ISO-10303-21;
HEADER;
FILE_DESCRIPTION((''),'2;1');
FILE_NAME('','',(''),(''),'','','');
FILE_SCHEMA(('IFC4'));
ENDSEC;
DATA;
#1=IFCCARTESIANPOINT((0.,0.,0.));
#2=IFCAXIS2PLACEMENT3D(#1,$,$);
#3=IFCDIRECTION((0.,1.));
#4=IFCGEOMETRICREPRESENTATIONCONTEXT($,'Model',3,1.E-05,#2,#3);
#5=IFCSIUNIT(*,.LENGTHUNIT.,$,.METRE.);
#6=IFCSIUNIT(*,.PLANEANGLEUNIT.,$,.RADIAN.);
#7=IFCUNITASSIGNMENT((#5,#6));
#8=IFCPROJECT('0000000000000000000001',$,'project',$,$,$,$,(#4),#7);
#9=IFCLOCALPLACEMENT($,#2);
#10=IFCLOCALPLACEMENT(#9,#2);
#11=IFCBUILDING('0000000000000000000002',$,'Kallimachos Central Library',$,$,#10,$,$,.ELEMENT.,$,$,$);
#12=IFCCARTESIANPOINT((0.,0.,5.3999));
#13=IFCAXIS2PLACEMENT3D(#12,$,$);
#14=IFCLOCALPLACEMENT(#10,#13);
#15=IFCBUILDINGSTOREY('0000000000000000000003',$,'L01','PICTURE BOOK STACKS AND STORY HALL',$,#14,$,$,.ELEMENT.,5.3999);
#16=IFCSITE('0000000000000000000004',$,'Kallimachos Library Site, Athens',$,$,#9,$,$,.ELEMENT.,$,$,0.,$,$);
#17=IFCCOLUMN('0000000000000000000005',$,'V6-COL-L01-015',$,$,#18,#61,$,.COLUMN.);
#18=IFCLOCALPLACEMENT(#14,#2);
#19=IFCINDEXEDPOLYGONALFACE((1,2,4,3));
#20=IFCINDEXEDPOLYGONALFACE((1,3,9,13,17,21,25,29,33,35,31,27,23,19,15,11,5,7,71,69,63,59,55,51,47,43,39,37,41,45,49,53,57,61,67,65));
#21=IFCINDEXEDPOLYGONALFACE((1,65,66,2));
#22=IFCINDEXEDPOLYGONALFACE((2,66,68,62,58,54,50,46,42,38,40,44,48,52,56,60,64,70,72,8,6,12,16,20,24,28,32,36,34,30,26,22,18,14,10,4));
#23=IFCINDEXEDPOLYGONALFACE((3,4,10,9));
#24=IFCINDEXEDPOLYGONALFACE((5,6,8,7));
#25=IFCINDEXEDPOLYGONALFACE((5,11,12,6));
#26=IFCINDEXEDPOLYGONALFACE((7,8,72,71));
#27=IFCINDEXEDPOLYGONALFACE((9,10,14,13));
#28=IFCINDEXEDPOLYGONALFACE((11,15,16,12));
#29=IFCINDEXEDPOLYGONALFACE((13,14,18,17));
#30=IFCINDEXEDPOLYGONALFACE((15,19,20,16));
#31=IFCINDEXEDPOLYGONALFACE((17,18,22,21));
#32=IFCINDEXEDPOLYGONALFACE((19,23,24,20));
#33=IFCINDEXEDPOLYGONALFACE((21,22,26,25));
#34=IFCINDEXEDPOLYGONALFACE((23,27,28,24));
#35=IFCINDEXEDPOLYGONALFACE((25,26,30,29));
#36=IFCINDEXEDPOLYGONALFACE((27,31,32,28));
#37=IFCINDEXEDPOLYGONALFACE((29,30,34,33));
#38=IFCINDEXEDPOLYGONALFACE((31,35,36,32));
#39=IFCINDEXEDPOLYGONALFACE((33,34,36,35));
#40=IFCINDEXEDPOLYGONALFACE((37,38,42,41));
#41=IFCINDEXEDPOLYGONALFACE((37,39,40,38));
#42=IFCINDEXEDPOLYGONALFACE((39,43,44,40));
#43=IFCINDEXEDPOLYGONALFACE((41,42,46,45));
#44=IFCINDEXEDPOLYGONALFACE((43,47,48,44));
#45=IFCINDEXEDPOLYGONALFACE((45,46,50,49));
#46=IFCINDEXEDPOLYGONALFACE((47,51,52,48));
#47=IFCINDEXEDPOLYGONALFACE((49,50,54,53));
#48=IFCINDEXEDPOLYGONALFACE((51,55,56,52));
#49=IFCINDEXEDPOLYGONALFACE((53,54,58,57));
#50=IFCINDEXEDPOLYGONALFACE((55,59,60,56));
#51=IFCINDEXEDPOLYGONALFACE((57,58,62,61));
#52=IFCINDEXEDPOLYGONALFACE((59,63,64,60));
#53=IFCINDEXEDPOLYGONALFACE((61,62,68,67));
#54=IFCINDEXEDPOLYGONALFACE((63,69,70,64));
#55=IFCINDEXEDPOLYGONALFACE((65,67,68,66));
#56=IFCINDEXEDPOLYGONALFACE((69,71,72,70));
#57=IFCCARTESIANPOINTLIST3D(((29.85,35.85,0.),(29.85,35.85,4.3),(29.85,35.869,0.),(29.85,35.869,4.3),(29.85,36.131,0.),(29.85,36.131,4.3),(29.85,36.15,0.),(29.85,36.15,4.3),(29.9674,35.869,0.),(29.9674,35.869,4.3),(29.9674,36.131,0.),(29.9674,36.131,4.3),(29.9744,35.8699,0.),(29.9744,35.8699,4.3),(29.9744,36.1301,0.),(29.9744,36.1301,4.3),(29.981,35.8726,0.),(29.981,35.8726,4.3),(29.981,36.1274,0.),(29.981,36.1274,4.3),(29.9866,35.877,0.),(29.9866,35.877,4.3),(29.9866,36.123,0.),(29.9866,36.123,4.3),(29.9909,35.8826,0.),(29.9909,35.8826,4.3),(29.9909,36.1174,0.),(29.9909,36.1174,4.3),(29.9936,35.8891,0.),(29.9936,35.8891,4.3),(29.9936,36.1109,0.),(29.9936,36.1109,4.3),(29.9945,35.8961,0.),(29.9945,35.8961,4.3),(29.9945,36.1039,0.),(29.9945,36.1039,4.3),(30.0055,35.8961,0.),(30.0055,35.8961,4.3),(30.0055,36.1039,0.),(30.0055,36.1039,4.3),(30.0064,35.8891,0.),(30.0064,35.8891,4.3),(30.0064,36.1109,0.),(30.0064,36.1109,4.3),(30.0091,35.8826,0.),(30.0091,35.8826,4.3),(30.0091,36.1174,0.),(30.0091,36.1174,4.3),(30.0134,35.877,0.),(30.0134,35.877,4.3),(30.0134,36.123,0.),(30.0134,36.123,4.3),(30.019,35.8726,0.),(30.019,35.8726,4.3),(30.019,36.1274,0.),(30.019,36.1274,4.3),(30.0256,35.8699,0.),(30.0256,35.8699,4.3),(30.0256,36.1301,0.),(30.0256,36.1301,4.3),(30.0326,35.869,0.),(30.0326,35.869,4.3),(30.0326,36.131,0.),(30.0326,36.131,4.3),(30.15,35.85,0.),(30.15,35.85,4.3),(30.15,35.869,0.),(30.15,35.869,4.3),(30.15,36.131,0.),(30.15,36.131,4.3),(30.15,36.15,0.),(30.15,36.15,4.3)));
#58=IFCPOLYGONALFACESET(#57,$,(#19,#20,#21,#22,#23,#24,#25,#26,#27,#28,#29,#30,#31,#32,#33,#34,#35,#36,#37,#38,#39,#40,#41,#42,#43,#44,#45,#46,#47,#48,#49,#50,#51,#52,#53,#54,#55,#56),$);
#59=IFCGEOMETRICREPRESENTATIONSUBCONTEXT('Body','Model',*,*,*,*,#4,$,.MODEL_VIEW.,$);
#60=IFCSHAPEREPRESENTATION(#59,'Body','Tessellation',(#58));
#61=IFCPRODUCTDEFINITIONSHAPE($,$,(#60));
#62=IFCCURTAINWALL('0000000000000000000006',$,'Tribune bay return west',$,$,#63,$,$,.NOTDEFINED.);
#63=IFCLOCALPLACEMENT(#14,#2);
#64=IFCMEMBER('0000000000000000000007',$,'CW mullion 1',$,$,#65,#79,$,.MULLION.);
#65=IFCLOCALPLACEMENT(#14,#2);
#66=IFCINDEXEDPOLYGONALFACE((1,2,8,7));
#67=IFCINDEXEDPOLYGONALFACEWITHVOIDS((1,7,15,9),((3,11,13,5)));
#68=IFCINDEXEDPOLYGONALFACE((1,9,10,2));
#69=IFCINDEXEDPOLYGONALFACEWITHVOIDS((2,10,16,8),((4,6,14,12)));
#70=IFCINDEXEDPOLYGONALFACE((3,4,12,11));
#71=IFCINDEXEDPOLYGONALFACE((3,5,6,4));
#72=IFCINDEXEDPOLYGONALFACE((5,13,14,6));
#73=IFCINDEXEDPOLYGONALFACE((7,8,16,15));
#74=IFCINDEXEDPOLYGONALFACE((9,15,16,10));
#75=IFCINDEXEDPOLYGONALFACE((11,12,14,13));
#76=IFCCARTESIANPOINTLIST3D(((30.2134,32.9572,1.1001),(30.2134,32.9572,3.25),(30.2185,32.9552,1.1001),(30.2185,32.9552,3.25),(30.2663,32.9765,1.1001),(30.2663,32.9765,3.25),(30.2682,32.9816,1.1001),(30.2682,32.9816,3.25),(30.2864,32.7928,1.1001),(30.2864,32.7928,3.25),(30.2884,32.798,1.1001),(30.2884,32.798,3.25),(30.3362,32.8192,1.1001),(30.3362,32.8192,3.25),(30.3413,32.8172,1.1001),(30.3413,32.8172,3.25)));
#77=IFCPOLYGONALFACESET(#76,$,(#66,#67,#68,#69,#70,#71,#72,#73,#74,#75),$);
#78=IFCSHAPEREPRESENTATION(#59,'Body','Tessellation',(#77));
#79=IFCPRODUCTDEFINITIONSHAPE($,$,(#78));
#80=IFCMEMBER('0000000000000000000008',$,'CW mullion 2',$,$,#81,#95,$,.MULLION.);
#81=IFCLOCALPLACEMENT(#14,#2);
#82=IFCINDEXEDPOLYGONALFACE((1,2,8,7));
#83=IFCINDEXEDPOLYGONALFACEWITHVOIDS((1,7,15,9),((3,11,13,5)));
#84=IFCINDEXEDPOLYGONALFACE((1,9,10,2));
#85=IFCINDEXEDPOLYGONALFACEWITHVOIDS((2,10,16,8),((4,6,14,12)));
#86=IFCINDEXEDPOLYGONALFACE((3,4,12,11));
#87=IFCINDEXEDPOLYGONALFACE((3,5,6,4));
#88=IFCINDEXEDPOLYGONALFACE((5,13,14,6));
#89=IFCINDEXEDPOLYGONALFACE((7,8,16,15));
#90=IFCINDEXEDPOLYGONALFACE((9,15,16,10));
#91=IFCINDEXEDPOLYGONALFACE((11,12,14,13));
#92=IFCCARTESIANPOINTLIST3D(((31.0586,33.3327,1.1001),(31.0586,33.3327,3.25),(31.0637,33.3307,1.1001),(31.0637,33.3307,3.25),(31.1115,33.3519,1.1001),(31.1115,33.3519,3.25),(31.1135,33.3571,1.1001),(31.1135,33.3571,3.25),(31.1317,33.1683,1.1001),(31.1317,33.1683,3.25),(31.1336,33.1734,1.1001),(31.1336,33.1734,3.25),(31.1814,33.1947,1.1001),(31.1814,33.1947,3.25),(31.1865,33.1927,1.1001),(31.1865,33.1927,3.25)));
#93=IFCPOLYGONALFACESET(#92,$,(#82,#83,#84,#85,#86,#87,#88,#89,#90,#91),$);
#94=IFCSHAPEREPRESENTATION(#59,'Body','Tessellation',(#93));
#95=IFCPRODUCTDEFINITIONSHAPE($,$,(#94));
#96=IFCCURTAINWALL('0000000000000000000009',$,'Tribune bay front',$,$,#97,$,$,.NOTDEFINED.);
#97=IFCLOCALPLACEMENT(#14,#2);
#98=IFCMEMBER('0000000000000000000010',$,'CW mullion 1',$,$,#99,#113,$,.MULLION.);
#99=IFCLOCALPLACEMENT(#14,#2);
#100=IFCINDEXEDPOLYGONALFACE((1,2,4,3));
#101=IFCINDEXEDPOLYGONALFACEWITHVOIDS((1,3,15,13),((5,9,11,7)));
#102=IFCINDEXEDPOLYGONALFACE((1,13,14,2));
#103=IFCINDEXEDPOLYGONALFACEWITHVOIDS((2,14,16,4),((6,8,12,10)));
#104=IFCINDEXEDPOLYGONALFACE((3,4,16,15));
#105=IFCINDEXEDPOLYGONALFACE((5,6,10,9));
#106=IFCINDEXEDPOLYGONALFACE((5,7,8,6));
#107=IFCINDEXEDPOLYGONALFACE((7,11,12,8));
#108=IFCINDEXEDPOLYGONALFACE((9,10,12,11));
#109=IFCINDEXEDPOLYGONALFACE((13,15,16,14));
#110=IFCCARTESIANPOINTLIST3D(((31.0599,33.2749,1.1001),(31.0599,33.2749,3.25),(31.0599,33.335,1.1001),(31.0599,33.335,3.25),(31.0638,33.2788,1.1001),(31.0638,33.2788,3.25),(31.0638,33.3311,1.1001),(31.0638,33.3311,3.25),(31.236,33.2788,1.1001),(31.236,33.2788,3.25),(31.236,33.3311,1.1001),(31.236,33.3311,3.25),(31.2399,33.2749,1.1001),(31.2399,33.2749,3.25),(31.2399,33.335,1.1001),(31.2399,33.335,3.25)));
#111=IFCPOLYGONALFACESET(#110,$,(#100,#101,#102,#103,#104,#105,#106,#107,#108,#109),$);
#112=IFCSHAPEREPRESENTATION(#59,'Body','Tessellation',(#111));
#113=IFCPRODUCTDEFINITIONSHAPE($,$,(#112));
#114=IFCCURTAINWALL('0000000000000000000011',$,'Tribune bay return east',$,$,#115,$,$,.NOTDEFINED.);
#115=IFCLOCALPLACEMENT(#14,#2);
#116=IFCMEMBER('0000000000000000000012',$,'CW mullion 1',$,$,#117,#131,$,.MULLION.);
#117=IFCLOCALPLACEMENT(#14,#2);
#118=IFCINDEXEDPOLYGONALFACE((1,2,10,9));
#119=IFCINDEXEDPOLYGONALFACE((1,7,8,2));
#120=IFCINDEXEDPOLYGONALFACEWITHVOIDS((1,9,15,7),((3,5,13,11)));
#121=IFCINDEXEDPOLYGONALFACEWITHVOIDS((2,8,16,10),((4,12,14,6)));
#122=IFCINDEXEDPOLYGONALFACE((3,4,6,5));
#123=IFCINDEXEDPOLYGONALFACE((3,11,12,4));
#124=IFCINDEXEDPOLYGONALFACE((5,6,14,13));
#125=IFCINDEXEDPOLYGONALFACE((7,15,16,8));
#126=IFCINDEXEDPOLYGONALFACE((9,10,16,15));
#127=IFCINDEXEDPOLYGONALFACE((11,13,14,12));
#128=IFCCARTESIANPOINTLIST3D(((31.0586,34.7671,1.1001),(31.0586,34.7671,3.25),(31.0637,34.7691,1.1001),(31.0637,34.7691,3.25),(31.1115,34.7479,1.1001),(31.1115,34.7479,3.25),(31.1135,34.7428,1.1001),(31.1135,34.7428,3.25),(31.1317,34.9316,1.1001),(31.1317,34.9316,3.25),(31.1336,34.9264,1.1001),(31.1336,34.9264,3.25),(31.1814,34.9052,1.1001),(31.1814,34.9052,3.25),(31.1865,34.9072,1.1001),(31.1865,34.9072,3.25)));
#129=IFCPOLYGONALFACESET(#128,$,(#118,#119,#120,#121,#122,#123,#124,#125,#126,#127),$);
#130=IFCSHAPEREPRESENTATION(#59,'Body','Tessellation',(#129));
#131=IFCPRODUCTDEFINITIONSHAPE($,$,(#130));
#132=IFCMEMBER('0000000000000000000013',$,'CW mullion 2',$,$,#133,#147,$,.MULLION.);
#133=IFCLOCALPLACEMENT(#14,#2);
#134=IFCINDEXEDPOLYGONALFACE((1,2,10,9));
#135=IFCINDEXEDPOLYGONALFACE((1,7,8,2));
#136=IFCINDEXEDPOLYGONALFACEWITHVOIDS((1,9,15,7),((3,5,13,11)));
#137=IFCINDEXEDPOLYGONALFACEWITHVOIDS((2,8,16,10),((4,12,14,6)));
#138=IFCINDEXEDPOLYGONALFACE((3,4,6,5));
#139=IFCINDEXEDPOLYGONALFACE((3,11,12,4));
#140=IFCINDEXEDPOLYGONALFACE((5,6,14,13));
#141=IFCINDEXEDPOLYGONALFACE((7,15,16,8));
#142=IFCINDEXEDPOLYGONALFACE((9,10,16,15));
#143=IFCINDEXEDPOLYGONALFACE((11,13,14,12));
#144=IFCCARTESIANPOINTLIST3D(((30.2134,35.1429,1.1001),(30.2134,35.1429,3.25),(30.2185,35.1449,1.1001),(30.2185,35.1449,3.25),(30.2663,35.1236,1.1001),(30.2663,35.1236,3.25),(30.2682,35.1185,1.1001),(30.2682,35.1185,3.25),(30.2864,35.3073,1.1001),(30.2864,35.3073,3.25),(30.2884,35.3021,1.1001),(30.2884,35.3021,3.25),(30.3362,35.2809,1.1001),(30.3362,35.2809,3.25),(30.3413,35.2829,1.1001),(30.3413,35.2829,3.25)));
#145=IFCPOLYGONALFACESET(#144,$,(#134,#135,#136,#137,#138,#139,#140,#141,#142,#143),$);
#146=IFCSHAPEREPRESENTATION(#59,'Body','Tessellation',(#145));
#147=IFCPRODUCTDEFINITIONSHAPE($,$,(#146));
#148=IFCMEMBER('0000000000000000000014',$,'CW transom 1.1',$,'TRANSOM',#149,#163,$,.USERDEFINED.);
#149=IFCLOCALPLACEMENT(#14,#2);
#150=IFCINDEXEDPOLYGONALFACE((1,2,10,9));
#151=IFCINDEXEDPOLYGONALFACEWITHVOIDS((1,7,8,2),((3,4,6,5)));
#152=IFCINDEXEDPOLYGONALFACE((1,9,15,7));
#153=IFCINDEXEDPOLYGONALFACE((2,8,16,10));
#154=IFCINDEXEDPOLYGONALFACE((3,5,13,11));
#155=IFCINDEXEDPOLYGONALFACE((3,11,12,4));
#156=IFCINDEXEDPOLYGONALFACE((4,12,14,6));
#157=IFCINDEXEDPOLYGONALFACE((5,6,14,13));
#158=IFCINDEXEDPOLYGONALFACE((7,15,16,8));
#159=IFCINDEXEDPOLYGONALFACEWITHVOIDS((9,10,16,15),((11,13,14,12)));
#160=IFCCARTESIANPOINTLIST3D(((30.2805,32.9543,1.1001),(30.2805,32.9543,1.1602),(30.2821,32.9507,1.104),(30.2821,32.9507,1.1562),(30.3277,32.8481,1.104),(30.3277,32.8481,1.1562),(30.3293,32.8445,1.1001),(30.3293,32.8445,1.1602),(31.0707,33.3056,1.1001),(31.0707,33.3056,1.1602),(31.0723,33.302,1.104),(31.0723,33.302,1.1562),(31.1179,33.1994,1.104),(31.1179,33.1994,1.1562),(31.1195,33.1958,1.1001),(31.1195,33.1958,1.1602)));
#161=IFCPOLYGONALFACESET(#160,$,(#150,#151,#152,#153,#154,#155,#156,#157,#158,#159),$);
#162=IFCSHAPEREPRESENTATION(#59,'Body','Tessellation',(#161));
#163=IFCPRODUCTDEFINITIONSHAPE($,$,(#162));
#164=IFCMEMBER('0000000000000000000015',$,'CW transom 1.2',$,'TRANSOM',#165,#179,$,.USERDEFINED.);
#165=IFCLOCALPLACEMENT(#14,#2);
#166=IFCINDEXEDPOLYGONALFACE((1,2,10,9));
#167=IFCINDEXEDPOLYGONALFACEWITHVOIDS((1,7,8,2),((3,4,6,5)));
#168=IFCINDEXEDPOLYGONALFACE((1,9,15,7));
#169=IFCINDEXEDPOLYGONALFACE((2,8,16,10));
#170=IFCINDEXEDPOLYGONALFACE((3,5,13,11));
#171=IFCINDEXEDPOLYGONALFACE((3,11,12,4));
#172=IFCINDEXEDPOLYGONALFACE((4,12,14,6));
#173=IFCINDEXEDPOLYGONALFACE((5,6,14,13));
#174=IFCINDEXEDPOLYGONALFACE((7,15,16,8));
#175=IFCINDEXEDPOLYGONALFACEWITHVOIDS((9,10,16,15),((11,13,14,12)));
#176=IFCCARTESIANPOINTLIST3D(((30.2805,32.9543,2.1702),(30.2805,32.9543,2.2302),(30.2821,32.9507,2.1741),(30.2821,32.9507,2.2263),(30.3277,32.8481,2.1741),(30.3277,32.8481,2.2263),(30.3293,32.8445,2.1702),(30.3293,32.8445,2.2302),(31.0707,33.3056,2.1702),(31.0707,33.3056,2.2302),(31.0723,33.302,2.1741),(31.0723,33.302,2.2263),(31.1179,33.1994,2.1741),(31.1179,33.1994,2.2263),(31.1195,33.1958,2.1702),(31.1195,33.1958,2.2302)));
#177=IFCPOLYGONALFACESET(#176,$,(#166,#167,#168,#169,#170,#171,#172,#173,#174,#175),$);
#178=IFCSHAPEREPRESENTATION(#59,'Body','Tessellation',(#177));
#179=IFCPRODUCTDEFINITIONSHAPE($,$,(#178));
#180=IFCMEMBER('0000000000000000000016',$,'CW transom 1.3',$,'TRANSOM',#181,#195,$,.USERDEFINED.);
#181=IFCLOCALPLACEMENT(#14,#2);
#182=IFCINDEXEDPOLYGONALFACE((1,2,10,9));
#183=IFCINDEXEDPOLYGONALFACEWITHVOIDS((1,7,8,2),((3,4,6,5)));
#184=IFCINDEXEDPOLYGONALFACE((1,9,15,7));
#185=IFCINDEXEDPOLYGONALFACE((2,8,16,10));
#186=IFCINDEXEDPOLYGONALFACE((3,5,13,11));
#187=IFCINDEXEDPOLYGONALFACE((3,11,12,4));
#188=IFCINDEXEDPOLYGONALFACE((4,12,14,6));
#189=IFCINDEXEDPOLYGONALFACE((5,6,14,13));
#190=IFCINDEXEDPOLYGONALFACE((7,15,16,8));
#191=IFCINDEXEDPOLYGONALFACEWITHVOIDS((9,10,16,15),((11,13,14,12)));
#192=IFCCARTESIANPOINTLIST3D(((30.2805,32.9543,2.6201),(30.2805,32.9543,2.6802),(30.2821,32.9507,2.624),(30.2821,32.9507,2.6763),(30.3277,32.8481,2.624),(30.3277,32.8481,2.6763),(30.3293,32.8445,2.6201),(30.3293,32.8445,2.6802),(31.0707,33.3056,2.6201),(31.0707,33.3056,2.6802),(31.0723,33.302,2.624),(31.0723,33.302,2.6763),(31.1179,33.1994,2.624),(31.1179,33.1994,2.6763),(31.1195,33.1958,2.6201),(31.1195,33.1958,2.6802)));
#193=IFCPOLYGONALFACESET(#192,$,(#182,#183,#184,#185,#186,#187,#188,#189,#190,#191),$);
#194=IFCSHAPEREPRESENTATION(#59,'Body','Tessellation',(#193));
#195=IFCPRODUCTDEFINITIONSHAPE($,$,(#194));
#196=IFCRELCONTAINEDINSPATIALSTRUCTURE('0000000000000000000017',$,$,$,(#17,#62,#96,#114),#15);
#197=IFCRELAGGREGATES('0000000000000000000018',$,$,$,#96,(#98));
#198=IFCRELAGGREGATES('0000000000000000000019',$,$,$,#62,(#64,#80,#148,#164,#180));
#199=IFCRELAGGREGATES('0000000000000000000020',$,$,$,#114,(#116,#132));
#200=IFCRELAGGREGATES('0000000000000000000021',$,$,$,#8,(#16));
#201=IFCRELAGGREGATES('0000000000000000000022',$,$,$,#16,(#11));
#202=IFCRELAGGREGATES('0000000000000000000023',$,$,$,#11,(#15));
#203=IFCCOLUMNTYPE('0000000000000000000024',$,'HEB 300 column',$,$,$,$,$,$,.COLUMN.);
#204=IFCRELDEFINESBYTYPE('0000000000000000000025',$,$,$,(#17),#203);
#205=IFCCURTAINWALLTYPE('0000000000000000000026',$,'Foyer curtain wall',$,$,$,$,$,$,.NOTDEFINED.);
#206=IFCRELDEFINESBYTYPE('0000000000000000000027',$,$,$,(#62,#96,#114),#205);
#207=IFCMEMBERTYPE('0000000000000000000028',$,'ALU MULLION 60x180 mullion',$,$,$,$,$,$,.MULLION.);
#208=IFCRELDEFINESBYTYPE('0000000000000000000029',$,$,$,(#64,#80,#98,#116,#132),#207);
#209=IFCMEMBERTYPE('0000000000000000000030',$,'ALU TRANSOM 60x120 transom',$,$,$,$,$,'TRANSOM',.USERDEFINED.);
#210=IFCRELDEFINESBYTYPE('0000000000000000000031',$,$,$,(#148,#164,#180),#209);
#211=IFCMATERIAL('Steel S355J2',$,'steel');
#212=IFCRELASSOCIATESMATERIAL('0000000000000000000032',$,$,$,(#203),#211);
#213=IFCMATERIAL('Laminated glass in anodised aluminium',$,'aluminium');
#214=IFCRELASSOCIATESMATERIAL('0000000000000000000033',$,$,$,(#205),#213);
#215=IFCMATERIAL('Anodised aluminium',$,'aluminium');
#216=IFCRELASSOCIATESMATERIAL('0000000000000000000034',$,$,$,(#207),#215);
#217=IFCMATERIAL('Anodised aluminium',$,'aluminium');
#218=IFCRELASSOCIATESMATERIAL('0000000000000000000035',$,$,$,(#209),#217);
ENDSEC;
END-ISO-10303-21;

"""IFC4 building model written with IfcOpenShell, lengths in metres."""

from ifc_helpers import new_model, si_unit, direction, frame, origin, origin_2d, place, context, subcontext, project, spatial, hollow_rectangle, i_section, extrude, material, material_profile, profile_set, type_object, element, aggregate, save


model = new_model("IFC4")

# Units and contexts
model_context = context("Model", 3, precision=1e-05, world=origin(), true_north=direction((0.0, 1.0)))
body_context = subcontext(model_context, "Body", "Model", "MODEL_VIEW")
ifc_project = project(units=[si_unit("LENGTHUNIT", "METRE"), si_unit("PLANEANGLEUNIT", "RADIAN")], contexts=[model_context])

# Site, building, storey
site_placement = place(None, origin())
site = spatial("IfcSite", under=ifc_project, at=site_placement, Name="Kallimachos Library Site, Athens", CompositionType="ELEMENT", RefElevation=0.0)
building_placement = place(site_placement, origin())
building = spatial("IfcBuilding", under=site, at=building_placement, Name="Kallimachos Central Library", CompositionType="ELEMENT")
storey_placement = place(building_placement, frame((0.0, 0.0, 5.3999)))
storey = spatial("IfcBuildingStorey", under=building, at=storey_placement, Name="L01", Description="PICTURE BOOK STACKS AND STORY HALL", CompositionType="ELEMENT", Elevation=5.3999)

# Column
ifc_material_1 = material(Name="Steel S355J2", Category="steel")
ifc_material_profile_1 = material_profile(ifc_material_1, i_section(OverallWidth=0.3, OverallDepth=0.3, WebThickness=0.011, FlangeThickness=0.019, FilletRadius=0.0271, at=origin_2d()), Name="HEB 300")
ifc_profile_set_1 = profile_set([ifc_material_profile_1], Name="Steel S355J2")
column_type = type_object("IfcColumnType", Name="HEB 300 column", PredefinedType="COLUMN", material=ifc_profile_set_1)
column_placement = place(storey_placement, frame((30.0, 36.0, 0.0), z_axis=(0.0, 0.0, 1.0), x_axis=(1.0, 0.0, 0.0)))
element("IfcColumn", 1, at=column_placement, inside=storey, type_object=column_type, Name="V6-COL-L01-015", PredefinedType="COLUMN", context=body_context, shape_type="SweptSolid", body=[
    extrude(i_section(OverallWidth=0.3, OverallDepth=0.3, WebThickness=0.011, FlangeThickness=0.019, FilletRadius=0.0271, at=origin_2d()), origin(), (0.0, 0.0, 1.0), 4.3),
])

# Curtain wall, members
ifc_material_2 = material(Name="Laminated glass in anodised aluminium", Category="aluminium")
curtain_wall_type = type_object("IfcCurtainWallType", Name="Foyer curtain wall", PredefinedType="NOTDEFINED", material=ifc_material_2)
curtain_wall_1_placement = place(storey_placement, origin())
curtain_wall_1 = element("IfcCurtainWall", 2, at=curtain_wall_1_placement, inside=storey, type_object=curtain_wall_type, Name="Tribune bay return west", PredefinedType="NOTDEFINED")
ifc_material_3 = material(Name="Anodised aluminium", Category="aluminium")
ifc_material_profile_2 = material_profile(ifc_material_3, hollow_rectangle(XDim=0.0601, YDim=0.1799, WallThickness=0.0039, at=origin_2d()), Name="ALU MULLION 60x180")
ifc_profile_set_2 = profile_set([ifc_material_profile_2], Name="Anodised aluminium")
member_type_1 = type_object("IfcMemberType", Name="ALU MULLION 60x180 mullion", PredefinedType="MULLION", material=ifc_profile_set_2)
member_1_placement = place(storey_placement, frame((30.2773, 32.8872, 1.1001), z_axis=(0.0, 0.0, 1.0), x_axis=(0.913812, 0.406138, 0.0)))
member_1 = element("IfcMember", 3, at=member_1_placement, type_object=member_type_1, Name="CW mullion 1", PredefinedType="MULLION", context=body_context, shape_type="SweptSolid", body=[
    extrude(hollow_rectangle(XDim=0.0601, YDim=0.1799, WallThickness=0.0039, at=origin_2d()), origin(), (0.0, 0.0, 1.0), 2.1499),
])
member_2_placement = place(storey_placement, frame((31.1226, 33.2627, 1.1001), z_axis=(0.0, 0.0, 1.0), x_axis=(0.913812, 0.406138, 0.0)))
member_2 = element("IfcMember", 4, at=member_2_placement, type_object=member_type_1, Name="CW mullion 2", PredefinedType="MULLION", context=body_context, shape_type="SweptSolid", body=[
    extrude(hollow_rectangle(XDim=0.0601, YDim=0.1799, WallThickness=0.0039, at=origin_2d()), origin(), (0.0, 0.0, 1.0), 2.1499),
])

# Curtain wall, member
curtain_wall_2_placement = place(storey_placement, origin())
curtain_wall_2 = element("IfcCurtainWall", 5, at=curtain_wall_2_placement, inside=storey, type_object=curtain_wall_type, Name="Tribune bay front", PredefinedType="NOTDEFINED")
member_3_placement = place(storey_placement, frame((31.1499, 33.3049, 1.1001), z_axis=(0.0, 0.0, 1.0), x_axis=(0.0, 1.0, 0.0)))
member_3 = element("IfcMember", 6, at=member_3_placement, type_object=member_type_1, Name="CW mullion 1", PredefinedType="MULLION", context=body_context, shape_type="SweptSolid", body=[
    extrude(hollow_rectangle(XDim=0.0601, YDim=0.1799, WallThickness=0.0039, at=origin_2d()), origin(), (0.0, 0.0, 1.0), 2.1499),
])

# Curtain wall, members
curtain_wall_3_placement = place(storey_placement, origin())
curtain_wall_3 = element("IfcCurtainWall", 7, at=curtain_wall_3_placement, inside=storey, type_object=curtain_wall_type, Name="Tribune bay return east", PredefinedType="NOTDEFINED")
member_4_placement = place(storey_placement, frame((31.1226, 34.8372, 1.1001), z_axis=(0.0, 0.0, 1.0), x_axis=(-0.913812, 0.406138, 0.0)))
member_4 = element("IfcMember", 8, at=member_4_placement, type_object=member_type_1, Name="CW mullion 1", PredefinedType="MULLION", context=body_context, shape_type="SweptSolid", body=[
    extrude(hollow_rectangle(XDim=0.0601, YDim=0.1799, WallThickness=0.0039, at=origin_2d()), origin(), (0.0, 0.0, 1.0), 2.1499),
])
member_5_placement = place(storey_placement, frame((30.2773, 35.2129, 1.1001), z_axis=(0.0, 0.0, 1.0), x_axis=(-0.913812, 0.406138, 0.0)))
member_5 = element("IfcMember", 9, at=member_5_placement, type_object=member_type_1, Name="CW mullion 2", PredefinedType="MULLION", context=body_context, shape_type="SweptSolid", body=[
    extrude(hollow_rectangle(XDim=0.0601, YDim=0.1799, WallThickness=0.0039, at=origin_2d()), origin(), (0.0, 0.0, 1.0), 2.1499),
])

# Members
ifc_material_4 = material(Name="Anodised aluminium", Category="aluminium")
ifc_material_profile_3 = material_profile(ifc_material_4, hollow_rectangle(XDim=0.0601, YDim=0.1201, WallThickness=0.0039, at=origin_2d()), Name="ALU TRANSOM 60x120")
ifc_profile_set_3 = profile_set([ifc_material_profile_3], Name="Anodised aluminium")
member_type_2 = type_object("IfcMemberType", Name="ALU TRANSOM 60x120 transom", ElementType="TRANSOM", PredefinedType="USERDEFINED", material=ifc_profile_set_3)
member_6_placement = place(storey_placement, frame((30.3049, 32.8994, 1.1301), z_axis=(0.913777, 0.406217, 0.0), x_axis=(0.0, 0.0, 1.0)))
member_6 = element("IfcMember", 10, at=member_6_placement, type_object=member_type_2, Name="CW transom 1.1", ObjectType="TRANSOM", PredefinedType="USERDEFINED", context=body_context, shape_type="SweptSolid", body=[
    extrude(hollow_rectangle(XDim=0.0601, YDim=0.1201, WallThickness=0.0039, at=origin_2d()), origin(), (0.0, 0.0, 1.0), 0.8647),
])
member_7_placement = place(storey_placement, frame((30.3049, 32.8994, 2.2002), z_axis=(0.913777, 0.406217, 0.0), x_axis=(0.0, 0.0, 1.0)))
member_7 = element("IfcMember", 11, at=member_7_placement, type_object=member_type_2, Name="CW transom 1.2", ObjectType="TRANSOM", PredefinedType="USERDEFINED", context=body_context, shape_type="SweptSolid", body=[
    extrude(hollow_rectangle(XDim=0.0601, YDim=0.1201, WallThickness=0.0039, at=origin_2d()), origin(), (0.0, 0.0, 1.0), 0.8647),
])
member_8_placement = place(storey_placement, frame((30.3049, 32.8994, 2.6501), z_axis=(0.913777, 0.406217, 0.0), x_axis=(0.0, 0.0, 1.0)))
member_8 = element("IfcMember", 12, at=member_8_placement, type_object=member_type_2, Name="CW transom 1.3", ObjectType="TRANSOM", PredefinedType="USERDEFINED", context=body_context, shape_type="SweptSolid", body=[
    extrude(hollow_rectangle(XDim=0.0601, YDim=0.1201, WallThickness=0.0039, at=origin_2d()), origin(), (0.0, 0.0, 1.0), 0.8647),
])
aggregate(curtain_wall_2, [member_3])

aggregate(curtain_wall_1, [member_1, member_2, member_6, member_7, member_8])
aggregate(curtain_wall_3, [member_4, member_5])

save(model, "model.ifc")
